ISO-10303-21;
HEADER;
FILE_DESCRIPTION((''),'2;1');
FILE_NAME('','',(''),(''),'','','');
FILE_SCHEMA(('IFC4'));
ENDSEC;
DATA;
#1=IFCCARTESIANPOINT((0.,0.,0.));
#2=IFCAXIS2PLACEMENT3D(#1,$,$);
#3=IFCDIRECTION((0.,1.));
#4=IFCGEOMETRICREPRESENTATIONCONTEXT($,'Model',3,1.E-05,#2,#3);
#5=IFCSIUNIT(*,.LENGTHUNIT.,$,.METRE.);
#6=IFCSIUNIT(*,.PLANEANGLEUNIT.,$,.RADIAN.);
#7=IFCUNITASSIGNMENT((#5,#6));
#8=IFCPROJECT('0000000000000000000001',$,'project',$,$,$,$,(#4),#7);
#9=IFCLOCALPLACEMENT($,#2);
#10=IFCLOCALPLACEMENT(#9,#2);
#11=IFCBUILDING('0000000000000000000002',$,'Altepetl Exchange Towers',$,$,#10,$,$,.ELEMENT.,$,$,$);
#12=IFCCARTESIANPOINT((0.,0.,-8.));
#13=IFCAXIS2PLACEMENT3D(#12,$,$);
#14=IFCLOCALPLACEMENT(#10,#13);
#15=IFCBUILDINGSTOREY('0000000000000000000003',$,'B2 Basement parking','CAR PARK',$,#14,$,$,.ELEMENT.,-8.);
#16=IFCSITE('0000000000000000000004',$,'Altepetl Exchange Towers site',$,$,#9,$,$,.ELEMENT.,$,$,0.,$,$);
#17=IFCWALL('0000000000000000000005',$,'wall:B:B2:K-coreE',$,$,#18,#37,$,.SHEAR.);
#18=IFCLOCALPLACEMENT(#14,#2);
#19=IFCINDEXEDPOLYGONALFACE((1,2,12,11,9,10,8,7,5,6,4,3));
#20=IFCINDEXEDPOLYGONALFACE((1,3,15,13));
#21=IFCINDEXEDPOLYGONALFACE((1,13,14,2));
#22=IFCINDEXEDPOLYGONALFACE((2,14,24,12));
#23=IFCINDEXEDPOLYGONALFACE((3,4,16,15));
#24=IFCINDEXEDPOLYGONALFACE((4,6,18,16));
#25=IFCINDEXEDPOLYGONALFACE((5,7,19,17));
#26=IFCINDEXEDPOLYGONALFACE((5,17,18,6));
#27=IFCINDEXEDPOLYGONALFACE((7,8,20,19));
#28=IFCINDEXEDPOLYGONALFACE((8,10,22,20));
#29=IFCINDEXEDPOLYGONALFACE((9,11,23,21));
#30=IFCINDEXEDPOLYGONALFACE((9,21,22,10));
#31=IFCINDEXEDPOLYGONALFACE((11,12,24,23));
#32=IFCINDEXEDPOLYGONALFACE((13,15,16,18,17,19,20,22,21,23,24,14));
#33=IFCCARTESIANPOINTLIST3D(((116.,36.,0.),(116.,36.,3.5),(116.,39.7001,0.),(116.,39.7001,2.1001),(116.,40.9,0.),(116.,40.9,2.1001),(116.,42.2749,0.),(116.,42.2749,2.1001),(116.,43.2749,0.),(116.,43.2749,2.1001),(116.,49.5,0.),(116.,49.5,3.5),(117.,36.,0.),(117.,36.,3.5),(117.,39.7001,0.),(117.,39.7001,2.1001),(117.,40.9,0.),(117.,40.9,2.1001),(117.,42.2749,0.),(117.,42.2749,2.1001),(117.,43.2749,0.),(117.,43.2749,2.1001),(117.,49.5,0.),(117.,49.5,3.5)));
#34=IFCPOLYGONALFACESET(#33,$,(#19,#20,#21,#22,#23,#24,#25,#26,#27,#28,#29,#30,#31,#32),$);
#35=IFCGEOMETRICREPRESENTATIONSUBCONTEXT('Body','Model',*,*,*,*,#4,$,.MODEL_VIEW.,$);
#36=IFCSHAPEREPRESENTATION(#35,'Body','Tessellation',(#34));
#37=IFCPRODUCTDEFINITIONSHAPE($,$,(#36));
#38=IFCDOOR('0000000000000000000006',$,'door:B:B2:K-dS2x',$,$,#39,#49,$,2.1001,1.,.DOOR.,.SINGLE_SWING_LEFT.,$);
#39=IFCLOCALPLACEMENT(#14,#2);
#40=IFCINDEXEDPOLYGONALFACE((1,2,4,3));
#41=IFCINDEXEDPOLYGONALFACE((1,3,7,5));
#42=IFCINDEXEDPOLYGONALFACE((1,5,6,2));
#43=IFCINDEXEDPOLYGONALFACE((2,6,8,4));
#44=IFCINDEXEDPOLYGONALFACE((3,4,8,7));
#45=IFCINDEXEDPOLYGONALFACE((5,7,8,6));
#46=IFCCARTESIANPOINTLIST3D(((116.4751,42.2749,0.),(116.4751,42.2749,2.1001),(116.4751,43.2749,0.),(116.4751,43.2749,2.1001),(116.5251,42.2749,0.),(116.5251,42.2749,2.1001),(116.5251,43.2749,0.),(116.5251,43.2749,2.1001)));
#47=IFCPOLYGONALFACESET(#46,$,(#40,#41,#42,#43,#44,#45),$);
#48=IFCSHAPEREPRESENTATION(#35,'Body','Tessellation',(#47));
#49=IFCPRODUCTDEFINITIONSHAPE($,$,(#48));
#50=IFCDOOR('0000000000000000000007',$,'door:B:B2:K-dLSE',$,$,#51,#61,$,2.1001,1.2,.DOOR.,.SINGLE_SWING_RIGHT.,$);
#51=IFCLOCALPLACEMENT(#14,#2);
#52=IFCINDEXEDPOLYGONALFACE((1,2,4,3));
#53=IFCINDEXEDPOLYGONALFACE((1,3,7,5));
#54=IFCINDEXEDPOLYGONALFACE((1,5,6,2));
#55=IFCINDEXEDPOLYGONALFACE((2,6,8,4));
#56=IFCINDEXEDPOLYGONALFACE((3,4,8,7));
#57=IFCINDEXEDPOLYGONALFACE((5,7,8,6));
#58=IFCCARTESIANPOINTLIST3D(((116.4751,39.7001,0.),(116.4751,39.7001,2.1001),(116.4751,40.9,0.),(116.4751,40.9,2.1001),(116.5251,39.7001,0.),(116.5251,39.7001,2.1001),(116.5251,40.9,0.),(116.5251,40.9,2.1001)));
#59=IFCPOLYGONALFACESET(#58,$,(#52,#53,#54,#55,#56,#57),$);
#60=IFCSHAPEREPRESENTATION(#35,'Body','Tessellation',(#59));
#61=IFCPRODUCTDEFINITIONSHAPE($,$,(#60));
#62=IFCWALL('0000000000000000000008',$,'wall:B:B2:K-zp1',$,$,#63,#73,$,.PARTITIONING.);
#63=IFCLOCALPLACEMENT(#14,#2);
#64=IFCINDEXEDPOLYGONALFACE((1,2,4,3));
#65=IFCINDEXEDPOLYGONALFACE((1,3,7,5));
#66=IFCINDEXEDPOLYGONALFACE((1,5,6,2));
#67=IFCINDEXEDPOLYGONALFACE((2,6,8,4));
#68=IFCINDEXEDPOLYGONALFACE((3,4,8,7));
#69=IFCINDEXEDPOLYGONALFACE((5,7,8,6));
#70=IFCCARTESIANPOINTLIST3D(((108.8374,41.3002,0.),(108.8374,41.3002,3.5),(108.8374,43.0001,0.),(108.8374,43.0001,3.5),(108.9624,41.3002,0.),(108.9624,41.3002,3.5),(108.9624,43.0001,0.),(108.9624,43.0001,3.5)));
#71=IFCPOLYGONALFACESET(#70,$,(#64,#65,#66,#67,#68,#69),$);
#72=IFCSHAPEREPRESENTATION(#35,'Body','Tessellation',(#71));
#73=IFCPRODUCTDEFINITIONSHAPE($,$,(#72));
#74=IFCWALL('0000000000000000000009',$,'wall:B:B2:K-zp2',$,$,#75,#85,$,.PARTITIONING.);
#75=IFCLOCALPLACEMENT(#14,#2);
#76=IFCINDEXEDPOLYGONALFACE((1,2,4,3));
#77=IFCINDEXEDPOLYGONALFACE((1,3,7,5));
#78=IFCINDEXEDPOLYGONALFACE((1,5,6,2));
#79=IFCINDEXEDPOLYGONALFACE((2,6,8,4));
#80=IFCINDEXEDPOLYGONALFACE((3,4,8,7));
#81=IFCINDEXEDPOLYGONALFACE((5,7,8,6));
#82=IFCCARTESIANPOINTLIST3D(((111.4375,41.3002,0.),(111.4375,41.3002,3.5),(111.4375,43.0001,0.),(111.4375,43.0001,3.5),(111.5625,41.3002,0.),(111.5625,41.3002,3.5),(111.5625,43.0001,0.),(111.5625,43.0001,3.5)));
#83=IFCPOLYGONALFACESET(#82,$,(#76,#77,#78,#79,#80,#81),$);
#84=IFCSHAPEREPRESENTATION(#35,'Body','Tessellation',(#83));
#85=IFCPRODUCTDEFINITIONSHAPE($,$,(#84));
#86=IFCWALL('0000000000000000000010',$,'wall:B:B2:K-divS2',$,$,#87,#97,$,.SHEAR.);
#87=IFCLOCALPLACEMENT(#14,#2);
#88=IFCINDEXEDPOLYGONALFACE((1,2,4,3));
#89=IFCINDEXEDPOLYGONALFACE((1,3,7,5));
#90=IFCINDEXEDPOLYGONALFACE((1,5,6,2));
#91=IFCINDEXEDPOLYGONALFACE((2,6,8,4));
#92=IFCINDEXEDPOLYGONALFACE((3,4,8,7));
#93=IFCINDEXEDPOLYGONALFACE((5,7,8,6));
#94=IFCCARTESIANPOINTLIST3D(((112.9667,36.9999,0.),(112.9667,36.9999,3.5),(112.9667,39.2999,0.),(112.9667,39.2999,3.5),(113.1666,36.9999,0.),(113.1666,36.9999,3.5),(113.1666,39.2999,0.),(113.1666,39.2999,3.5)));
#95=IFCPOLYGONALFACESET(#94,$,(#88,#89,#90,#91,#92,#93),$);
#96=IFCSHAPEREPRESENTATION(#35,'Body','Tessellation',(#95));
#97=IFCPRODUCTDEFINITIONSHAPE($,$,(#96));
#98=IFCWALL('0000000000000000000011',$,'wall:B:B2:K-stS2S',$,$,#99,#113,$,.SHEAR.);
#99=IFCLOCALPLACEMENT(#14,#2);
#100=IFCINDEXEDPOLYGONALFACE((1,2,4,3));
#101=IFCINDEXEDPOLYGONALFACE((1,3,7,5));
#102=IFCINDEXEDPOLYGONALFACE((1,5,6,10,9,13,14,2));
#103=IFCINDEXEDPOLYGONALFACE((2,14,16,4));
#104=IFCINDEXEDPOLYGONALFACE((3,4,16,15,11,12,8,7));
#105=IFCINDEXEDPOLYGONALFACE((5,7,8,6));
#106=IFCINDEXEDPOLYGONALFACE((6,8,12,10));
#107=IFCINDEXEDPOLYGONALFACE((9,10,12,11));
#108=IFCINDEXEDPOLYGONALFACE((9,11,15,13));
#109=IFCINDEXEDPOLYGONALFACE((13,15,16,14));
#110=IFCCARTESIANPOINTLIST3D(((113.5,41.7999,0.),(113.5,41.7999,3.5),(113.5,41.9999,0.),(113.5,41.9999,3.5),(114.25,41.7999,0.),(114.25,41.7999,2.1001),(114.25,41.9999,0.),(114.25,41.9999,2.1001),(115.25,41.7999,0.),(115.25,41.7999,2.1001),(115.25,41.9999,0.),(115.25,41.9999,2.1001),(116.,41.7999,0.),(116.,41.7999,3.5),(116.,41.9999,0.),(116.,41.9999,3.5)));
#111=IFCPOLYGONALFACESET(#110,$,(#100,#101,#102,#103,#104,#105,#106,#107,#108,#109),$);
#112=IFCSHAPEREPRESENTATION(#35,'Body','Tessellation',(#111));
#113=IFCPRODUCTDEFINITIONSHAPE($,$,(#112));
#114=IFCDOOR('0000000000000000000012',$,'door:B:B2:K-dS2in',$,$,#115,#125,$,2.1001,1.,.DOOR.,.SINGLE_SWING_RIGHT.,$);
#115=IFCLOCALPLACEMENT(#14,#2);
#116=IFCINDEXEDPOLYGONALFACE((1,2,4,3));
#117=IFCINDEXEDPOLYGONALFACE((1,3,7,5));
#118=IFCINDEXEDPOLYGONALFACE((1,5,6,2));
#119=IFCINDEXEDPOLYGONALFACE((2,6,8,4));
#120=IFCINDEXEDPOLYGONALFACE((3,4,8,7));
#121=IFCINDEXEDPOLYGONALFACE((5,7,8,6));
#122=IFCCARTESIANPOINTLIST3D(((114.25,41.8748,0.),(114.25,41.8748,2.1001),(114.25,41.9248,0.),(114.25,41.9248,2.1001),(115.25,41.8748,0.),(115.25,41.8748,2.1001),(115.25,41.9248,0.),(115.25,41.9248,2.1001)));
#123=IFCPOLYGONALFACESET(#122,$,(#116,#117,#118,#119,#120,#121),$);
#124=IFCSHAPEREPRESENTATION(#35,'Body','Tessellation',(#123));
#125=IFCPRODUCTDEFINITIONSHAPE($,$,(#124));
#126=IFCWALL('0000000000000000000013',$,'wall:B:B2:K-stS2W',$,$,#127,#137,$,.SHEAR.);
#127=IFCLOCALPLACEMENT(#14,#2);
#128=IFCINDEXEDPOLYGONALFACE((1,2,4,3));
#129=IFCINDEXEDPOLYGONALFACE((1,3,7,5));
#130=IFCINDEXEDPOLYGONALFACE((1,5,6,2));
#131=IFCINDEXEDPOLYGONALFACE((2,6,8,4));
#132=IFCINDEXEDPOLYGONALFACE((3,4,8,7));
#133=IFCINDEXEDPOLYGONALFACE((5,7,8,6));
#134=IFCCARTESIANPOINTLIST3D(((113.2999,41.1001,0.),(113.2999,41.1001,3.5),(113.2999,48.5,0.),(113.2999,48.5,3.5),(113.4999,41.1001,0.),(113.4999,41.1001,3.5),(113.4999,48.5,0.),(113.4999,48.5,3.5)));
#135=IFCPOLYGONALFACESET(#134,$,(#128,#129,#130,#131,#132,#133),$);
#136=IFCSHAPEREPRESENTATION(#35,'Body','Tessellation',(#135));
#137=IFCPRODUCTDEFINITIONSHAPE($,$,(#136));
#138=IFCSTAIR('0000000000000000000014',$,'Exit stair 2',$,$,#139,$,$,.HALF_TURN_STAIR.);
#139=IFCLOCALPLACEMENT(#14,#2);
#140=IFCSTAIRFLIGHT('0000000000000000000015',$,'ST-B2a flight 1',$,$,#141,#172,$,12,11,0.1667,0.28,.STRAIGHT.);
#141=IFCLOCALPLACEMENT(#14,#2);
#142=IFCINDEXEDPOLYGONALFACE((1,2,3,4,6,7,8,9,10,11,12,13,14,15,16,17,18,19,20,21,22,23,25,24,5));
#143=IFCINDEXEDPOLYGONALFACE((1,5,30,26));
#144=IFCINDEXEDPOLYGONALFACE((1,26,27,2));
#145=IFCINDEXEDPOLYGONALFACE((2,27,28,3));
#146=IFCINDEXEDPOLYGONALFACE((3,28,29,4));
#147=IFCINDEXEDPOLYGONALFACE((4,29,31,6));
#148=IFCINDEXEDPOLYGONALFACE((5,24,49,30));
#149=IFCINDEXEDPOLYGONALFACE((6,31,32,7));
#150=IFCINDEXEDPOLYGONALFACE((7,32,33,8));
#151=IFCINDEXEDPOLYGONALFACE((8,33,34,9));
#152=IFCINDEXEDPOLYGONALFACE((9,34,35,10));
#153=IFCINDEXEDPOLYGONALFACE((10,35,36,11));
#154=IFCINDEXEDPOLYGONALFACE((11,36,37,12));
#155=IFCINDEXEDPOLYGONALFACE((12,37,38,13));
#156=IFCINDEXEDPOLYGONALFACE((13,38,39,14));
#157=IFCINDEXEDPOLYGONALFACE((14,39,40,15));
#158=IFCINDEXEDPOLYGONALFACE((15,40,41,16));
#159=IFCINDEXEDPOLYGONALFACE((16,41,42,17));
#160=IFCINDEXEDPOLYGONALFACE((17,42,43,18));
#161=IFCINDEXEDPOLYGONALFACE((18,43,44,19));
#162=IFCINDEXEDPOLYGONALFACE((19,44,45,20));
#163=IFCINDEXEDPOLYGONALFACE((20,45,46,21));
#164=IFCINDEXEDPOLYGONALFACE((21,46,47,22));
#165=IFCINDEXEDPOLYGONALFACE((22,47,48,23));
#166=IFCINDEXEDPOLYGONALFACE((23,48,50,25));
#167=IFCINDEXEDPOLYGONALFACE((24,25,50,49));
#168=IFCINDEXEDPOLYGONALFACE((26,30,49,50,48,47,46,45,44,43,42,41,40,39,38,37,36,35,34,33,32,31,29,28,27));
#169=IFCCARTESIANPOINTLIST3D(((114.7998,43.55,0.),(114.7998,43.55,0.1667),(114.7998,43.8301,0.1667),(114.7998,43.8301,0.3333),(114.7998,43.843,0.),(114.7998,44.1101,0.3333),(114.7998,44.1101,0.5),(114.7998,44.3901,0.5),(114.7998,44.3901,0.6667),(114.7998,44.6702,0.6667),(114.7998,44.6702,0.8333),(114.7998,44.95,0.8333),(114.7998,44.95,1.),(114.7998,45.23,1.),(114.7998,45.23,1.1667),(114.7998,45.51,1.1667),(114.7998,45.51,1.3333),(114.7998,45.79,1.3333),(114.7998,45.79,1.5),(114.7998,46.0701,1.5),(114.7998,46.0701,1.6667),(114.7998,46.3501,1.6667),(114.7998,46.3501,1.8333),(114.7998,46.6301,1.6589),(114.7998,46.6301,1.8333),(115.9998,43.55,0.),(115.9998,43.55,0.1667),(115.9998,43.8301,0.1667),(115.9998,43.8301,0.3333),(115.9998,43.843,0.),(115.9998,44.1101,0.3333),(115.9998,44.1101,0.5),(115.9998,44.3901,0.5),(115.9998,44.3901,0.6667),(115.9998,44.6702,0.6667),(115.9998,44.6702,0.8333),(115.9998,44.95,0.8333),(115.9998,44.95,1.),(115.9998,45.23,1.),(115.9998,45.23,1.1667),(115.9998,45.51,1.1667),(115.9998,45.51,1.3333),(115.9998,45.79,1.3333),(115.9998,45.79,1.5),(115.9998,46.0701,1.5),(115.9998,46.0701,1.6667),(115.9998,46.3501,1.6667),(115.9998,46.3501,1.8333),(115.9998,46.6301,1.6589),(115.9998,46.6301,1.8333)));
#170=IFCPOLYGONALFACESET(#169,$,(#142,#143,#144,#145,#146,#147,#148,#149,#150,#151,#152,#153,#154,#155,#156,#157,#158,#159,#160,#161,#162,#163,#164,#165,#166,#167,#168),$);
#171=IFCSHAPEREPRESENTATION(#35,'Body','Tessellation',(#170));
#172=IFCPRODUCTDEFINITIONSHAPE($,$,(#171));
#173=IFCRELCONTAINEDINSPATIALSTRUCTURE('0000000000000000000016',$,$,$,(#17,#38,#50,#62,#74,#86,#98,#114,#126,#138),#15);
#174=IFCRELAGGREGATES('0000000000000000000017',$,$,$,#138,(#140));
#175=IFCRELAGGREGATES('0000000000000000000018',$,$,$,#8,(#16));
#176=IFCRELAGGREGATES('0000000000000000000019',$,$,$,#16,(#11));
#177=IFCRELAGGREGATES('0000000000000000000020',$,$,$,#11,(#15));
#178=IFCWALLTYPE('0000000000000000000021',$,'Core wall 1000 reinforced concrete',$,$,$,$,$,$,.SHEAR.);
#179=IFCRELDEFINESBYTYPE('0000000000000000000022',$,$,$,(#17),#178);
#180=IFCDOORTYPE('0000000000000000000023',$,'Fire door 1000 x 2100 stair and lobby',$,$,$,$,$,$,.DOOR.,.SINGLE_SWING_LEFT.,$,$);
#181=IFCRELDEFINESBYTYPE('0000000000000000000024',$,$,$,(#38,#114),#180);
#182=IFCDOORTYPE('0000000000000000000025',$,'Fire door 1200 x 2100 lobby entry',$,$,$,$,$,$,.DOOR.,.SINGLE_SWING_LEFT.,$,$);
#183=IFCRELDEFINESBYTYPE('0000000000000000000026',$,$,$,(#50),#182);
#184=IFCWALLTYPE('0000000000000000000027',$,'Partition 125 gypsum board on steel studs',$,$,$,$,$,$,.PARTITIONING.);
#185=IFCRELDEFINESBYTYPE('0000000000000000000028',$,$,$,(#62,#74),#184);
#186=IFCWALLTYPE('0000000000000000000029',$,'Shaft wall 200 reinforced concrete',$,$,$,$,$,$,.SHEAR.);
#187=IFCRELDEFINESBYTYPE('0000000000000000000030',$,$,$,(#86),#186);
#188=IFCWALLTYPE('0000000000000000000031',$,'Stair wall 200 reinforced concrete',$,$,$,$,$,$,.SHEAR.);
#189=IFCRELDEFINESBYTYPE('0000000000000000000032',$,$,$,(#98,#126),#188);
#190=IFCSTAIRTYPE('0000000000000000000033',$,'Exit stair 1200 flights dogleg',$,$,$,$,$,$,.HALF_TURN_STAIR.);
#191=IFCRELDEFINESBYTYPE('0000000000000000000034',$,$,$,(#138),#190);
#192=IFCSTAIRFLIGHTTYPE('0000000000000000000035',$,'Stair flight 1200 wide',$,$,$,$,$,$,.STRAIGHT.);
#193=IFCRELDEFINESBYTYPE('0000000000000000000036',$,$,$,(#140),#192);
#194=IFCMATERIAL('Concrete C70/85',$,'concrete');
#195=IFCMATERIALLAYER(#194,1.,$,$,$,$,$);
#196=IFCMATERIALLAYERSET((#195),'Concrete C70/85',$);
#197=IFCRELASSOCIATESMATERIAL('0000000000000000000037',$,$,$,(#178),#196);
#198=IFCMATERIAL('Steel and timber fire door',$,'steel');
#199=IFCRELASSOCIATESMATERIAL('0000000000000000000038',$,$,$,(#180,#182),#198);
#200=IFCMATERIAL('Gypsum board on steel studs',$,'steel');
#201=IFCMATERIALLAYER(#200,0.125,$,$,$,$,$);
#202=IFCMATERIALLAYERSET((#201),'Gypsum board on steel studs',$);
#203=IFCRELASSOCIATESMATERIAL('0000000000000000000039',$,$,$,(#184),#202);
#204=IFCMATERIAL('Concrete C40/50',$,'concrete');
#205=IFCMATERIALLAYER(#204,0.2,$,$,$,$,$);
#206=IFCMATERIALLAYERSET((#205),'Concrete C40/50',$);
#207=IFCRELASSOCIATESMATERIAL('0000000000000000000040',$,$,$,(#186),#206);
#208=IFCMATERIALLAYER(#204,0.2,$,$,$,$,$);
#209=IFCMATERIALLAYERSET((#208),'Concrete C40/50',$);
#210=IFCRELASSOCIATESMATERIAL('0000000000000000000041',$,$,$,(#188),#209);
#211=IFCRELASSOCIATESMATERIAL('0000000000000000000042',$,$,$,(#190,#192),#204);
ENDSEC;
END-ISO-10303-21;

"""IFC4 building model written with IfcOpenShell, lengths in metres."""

from ifc_helpers import new_model, si_unit, direction, frame, frame_2d, origin, place, context, subcontext, project, spatial, polyline, rectangle, outline, extrude, material, layer, layer_set, type_object, element, fill, aggregate, save


model = new_model("IFC4")

# Units and contexts
model_context = context("Model", 3, precision=1e-05, world=origin(), true_north=direction((0.0, 1.0)))
body_context = subcontext(model_context, "Body", "Model", "MODEL_VIEW")
ifc_project = project(units=[si_unit("LENGTHUNIT", "METRE"), si_unit("PLANEANGLEUNIT", "RADIAN")], contexts=[model_context])

# Site, building, storey
site_placement = place(None, origin())
site = spatial("IfcSite", under=ifc_project, at=site_placement, Name="Altepetl Exchange Towers site", CompositionType="ELEMENT", RefElevation=0.0)
building_placement = place(site_placement, origin())
building = spatial("IfcBuilding", under=site, at=building_placement, Name="Altepetl Exchange Towers", CompositionType="ELEMENT")
storey_placement = place(building_placement, frame((0.0, 0.0, -8.0)))
storey = spatial("IfcBuildingStorey", under=building, at=storey_placement, Name="B2 Basement parking", Description="CAR PARK", CompositionType="ELEMENT", Elevation=-8.0)

# Wall, openings, doors
ifc_material_1 = material(Name="Concrete C70/85", Category="concrete")
ifc_layer_1 = layer(ifc_material_1, 1.0)
ifc_layer_set_1 = layer_set([ifc_layer_1], Name="Concrete C70/85")
wall_type_1 = type_object("IfcWallType", Name="Core wall 1000 reinforced concrete", PredefinedType="SHEAR", material=ifc_layer_set_1)
wall_1_placement = place(storey_placement, frame((116.5, 36.0, 0.0), z_axis=(0.0, 0.0, 1.0), x_axis=(0.0, 1.0, 0.0)))
wall_1 = element("IfcWall", 1, at=wall_1_placement, inside=storey, type_object=wall_type_1, Name="wall:B:B2:K-coreE", PredefinedType="SHEAR", context=body_context, shape_type="SweptSolid", body=[
    extrude(rectangle(XDim=13.5, YDim=1.0, at=frame_2d((6.75, 0.0))), origin(), (0.0, 0.0, 1.0), 3.5),
])
opening_1_placement = place(wall_1_placement, frame((3.7, 0.0, 0.0)))
opening_1 = element("IfcOpeningElement", 2, at=opening_1_placement, cuts=wall_1, PredefinedType="OPENING", context=body_context, shape_type="SweptSolid", body=[
    extrude(rectangle(XDim=1.2, YDim=2.1001, at=frame_2d((0.6001, 1.05))), frame((0.0, 0.51, 0.0), z_axis=(0.0, -1.0, 0.0), x_axis=(1.0, 0.0, 0.0)), (0.0, 0.0, 1.0), 1.02),
])
opening_2_placement = place(wall_1_placement, frame((6.2749, 0.0, 0.0)))
opening_2 = element("IfcOpeningElement", 3, at=opening_2_placement, cuts=wall_1, PredefinedType="OPENING", context=body_context, shape_type="SweptSolid", body=[
    extrude(rectangle(XDim=1.0, YDim=2.1001, at=frame_2d((0.5, 1.05))), frame((0.0, 0.51, 0.0), z_axis=(0.0, -1.0, 0.0), x_axis=(1.0, 0.0, 0.0)), (0.0, 0.0, 1.0), 1.02),
])
ifc_material_2 = material(Name="Steel and timber fire door", Category="steel")
door_type_1 = type_object("IfcDoorType", Name="Fire door 1000 x 2100 stair and lobby", OperationType="SINGLE_SWING_LEFT", PredefinedType="DOOR", material=ifc_material_2)
door_1_placement = place(opening_2_placement, origin())
door_1 = element("IfcDoor", 4, at=door_1_placement, inside=storey, type_object=door_type_1, Name="door:B:B2:K-dS2x", OperationType="SINGLE_SWING_LEFT", OverallHeight=2.1001, OverallWidth=1.0, PredefinedType="DOOR", context=body_context, shape_type="SweptSolid", body=[
    extrude(rectangle(XDim=1.0, YDim=2.1001, at=frame_2d((0.5, 1.05))), frame((0.0, 0.0249, 0.0), z_axis=(0.0, -1.0, 0.0), x_axis=(1.0, 0.0, 0.0)), (0.0, 0.0, 1.0), 0.05),
])
fill(opening_2, door_1)
door_type_2 = type_object("IfcDoorType", Name="Fire door 1200 x 2100 lobby entry", OperationType="SINGLE_SWING_LEFT", PredefinedType="DOOR", material=ifc_material_2)
door_2_placement = place(opening_1_placement, origin())
door_2 = element("IfcDoor", 5, at=door_2_placement, inside=storey, type_object=door_type_2, Name="door:B:B2:K-dLSE", OperationType="SINGLE_SWING_RIGHT", OverallHeight=2.1001, OverallWidth=1.2, PredefinedType="DOOR", context=body_context, shape_type="SweptSolid", body=[
    extrude(rectangle(XDim=1.2, YDim=2.1001, at=frame_2d((0.6001, 1.05))), frame((0.0, 0.0249, 0.0), z_axis=(0.0, -1.0, 0.0), x_axis=(1.0, 0.0, 0.0)), (0.0, 0.0, 1.0), 0.05),
])
fill(opening_1, door_2)

# Walls
ifc_material_3 = material(Name="Gypsum board on steel studs", Category="steel")
ifc_layer_2 = layer(ifc_material_3, 0.125)
ifc_layer_set_2 = layer_set([ifc_layer_2], Name="Gypsum board on steel studs")
wall_type_2 = type_object("IfcWallType", Name="Partition 125 gypsum board on steel studs", PredefinedType="PARTITIONING", material=ifc_layer_set_2)
for number, where, z_axis, x_axis, name in (
    (6, (108.8999, 41.3, 0.0), (0.0, 0.0, 1.0), (0.0, 1.0, 0.0), "wall:B:B2:K-zp1"),
    (7, (111.5, 41.3, 0.0), (0.0, 0.0, 1.0), (0.0, 1.0, 0.0), "wall:B:B2:K-zp2"),
):
    element("IfcWall", number, at=place(storey_placement, frame(where, z_axis=z_axis, x_axis=x_axis)), inside=storey, type_object=wall_type_2, Name=name, PredefinedType="PARTITIONING", context=body_context, shape_type="SweptSolid", body=[
        extrude(rectangle(XDim=1.7, YDim=0.125, at=frame_2d((0.8501, 0.0))), origin(), (0.0, 0.0, 1.0), 3.5),
    ])
ifc_material_4 = material(Name="Concrete C40/50", Category="concrete")
ifc_layer_3 = layer(ifc_material_4, 0.2)
ifc_layer_set_3 = layer_set([ifc_layer_3], Name="Concrete C40/50")
wall_type_3 = type_object("IfcWallType", Name="Shaft wall 200 reinforced concrete", PredefinedType="SHEAR", material=ifc_layer_set_3)
wall_2_placement = place(storey_placement, frame((113.0667, 37.0, 0.0), z_axis=(0.0, 0.0, 1.0), x_axis=(0.0, 1.0, 0.0)))
element("IfcWall", 8, at=wall_2_placement, inside=storey, type_object=wall_type_3, Name="wall:B:B2:K-divS2", PredefinedType="SHEAR", context=body_context, shape_type="SweptSolid", body=[
    extrude(rectangle(XDim=2.3, YDim=0.2, at=frame_2d((1.1499, 0.0))), origin(), (0.0, 0.0, 1.0), 3.5),
])

# Wall, opening, door
ifc_layer_4 = layer(ifc_material_4, 0.2)
ifc_layer_set_4 = layer_set([ifc_layer_4], Name="Concrete C40/50")
wall_type_4 = type_object("IfcWallType", Name="Stair wall 200 reinforced concrete", PredefinedType="SHEAR", material=ifc_layer_set_4)
wall_3_placement = place(storey_placement, frame((113.5, 41.8999, 0.0)))
wall_3 = element("IfcWall", 9, at=wall_3_placement, inside=storey, type_object=wall_type_4, Name="wall:B:B2:K-stS2S", PredefinedType="SHEAR", context=body_context, shape_type="SweptSolid", body=[
    extrude(rectangle(XDim=2.5, YDim=0.2, at=frame_2d((1.25, 0.0))), origin(), (0.0, 0.0, 1.0), 3.5),
])
opening_3_placement = place(wall_3_placement, frame((0.75, 0.0, 0.0)))
opening_3 = element("IfcOpeningElement", 10, at=opening_3_placement, cuts=wall_3, PredefinedType="OPENING", context=body_context, shape_type="SweptSolid", body=[
    extrude(rectangle(XDim=1.0, YDim=2.1001, at=frame_2d((0.5, 1.05))), frame((0.0, 0.1099, 0.0), z_axis=(0.0, -1.0, 0.0), x_axis=(1.0, 0.0, 0.0)), (0.0, 0.0, 1.0), 0.22),
])
door_3_placement = place(opening_3_placement, origin())
door_3 = element("IfcDoor", 11, at=door_3_placement, inside=storey, type_object=door_type_1, Name="door:B:B2:K-dS2in", OperationType="SINGLE_SWING_RIGHT", OverallHeight=2.1001, OverallWidth=1.0, PredefinedType="DOOR", context=body_context, shape_type="SweptSolid", body=[
    extrude(rectangle(XDim=1.0, YDim=2.1001, at=frame_2d((0.5, 1.05))), frame((0.0, 0.0249, 0.0), z_axis=(0.0, -1.0, 0.0), x_axis=(1.0, 0.0, 0.0)), (0.0, 0.0, 1.0), 0.05),
])
fill(opening_3, door_3)

# Wall
wall_4_placement = place(storey_placement, frame((113.3999, 41.1001, 0.0), z_axis=(0.0, 0.0, 1.0), x_axis=(0.0, 1.0, 0.0)))
element("IfcWall", 12, at=wall_4_placement, inside=storey, type_object=wall_type_4, Name="wall:B:B2:K-stS2W", PredefinedType="SHEAR", context=body_context, shape_type="SweptSolid", body=[
    extrude(rectangle(XDim=7.3999, YDim=0.2, at=frame_2d((3.7, 0.0))), origin(), (0.0, 0.0, 1.0), 3.5),
])

# Stair, stair flight
stair_type = type_object("IfcStairType", Name="Exit stair 1200 flights dogleg", PredefinedType="HALF_TURN_STAIR", material=ifc_material_4)
stair_placement = place(storey_placement, origin())
stair = element("IfcStair", 13, at=stair_placement, inside=storey, type_object=stair_type, Name="Exit stair 2", PredefinedType="HALF_TURN_STAIR")
stair_flight_type = type_object("IfcStairFlightType", Name="Stair flight 1200 wide", PredefinedType="STRAIGHT", material=ifc_material_4)
stair_flight_placement = place(storey_placement, frame((115.3999, 43.55, 0.0), z_axis=(0.0, 0.0, 1.0), x_axis=(0.0, 1.0, 0.0)))
stair_flight = element("IfcStairFlight", 14, at=stair_flight_placement, type_object=stair_flight_type, Name="ST-B2a flight 1", NumberOfRisers=12, NumberOfTreads=11, PredefinedType="STRAIGHT", RiserHeight=0.1667, TreadLength=0.28, context=body_context, shape_type="SweptSolid", body=[
    extrude(outline(polyline([(0.0, 0.0), (0.0, 0.1667), (0.28, 0.1667), (0.28, 0.3333), (0.5601, 0.3333), (0.5601, 0.5), (0.8401, 0.5), (0.8401, 0.6667), (1.1201, 0.6667), (1.1201, 0.8333), (1.3999, 0.8333), (1.3999, 1.0), (1.6799, 1.0), (1.6799, 1.1667), (1.96, 1.1667), (1.96, 1.3333), (2.24, 1.3333), (2.24, 1.5), (2.52, 1.5), (2.52, 1.6667), (2.8, 1.6667), (2.8, 1.8333), (3.0801, 1.8333), (3.0801, 2.0), (3.0801, 1.6589), (0.293, 0.0), (0.0, 0.0)])), frame((0.0, 0.6001, 0.0), z_axis=(0.0, -1.0, 0.0), x_axis=(1.0, 0.0, 0.0)), (0.0, 0.0, 1.0), 1.2),
])
aggregate(stair, [stair_flight])

save(model, "model.ifc")
